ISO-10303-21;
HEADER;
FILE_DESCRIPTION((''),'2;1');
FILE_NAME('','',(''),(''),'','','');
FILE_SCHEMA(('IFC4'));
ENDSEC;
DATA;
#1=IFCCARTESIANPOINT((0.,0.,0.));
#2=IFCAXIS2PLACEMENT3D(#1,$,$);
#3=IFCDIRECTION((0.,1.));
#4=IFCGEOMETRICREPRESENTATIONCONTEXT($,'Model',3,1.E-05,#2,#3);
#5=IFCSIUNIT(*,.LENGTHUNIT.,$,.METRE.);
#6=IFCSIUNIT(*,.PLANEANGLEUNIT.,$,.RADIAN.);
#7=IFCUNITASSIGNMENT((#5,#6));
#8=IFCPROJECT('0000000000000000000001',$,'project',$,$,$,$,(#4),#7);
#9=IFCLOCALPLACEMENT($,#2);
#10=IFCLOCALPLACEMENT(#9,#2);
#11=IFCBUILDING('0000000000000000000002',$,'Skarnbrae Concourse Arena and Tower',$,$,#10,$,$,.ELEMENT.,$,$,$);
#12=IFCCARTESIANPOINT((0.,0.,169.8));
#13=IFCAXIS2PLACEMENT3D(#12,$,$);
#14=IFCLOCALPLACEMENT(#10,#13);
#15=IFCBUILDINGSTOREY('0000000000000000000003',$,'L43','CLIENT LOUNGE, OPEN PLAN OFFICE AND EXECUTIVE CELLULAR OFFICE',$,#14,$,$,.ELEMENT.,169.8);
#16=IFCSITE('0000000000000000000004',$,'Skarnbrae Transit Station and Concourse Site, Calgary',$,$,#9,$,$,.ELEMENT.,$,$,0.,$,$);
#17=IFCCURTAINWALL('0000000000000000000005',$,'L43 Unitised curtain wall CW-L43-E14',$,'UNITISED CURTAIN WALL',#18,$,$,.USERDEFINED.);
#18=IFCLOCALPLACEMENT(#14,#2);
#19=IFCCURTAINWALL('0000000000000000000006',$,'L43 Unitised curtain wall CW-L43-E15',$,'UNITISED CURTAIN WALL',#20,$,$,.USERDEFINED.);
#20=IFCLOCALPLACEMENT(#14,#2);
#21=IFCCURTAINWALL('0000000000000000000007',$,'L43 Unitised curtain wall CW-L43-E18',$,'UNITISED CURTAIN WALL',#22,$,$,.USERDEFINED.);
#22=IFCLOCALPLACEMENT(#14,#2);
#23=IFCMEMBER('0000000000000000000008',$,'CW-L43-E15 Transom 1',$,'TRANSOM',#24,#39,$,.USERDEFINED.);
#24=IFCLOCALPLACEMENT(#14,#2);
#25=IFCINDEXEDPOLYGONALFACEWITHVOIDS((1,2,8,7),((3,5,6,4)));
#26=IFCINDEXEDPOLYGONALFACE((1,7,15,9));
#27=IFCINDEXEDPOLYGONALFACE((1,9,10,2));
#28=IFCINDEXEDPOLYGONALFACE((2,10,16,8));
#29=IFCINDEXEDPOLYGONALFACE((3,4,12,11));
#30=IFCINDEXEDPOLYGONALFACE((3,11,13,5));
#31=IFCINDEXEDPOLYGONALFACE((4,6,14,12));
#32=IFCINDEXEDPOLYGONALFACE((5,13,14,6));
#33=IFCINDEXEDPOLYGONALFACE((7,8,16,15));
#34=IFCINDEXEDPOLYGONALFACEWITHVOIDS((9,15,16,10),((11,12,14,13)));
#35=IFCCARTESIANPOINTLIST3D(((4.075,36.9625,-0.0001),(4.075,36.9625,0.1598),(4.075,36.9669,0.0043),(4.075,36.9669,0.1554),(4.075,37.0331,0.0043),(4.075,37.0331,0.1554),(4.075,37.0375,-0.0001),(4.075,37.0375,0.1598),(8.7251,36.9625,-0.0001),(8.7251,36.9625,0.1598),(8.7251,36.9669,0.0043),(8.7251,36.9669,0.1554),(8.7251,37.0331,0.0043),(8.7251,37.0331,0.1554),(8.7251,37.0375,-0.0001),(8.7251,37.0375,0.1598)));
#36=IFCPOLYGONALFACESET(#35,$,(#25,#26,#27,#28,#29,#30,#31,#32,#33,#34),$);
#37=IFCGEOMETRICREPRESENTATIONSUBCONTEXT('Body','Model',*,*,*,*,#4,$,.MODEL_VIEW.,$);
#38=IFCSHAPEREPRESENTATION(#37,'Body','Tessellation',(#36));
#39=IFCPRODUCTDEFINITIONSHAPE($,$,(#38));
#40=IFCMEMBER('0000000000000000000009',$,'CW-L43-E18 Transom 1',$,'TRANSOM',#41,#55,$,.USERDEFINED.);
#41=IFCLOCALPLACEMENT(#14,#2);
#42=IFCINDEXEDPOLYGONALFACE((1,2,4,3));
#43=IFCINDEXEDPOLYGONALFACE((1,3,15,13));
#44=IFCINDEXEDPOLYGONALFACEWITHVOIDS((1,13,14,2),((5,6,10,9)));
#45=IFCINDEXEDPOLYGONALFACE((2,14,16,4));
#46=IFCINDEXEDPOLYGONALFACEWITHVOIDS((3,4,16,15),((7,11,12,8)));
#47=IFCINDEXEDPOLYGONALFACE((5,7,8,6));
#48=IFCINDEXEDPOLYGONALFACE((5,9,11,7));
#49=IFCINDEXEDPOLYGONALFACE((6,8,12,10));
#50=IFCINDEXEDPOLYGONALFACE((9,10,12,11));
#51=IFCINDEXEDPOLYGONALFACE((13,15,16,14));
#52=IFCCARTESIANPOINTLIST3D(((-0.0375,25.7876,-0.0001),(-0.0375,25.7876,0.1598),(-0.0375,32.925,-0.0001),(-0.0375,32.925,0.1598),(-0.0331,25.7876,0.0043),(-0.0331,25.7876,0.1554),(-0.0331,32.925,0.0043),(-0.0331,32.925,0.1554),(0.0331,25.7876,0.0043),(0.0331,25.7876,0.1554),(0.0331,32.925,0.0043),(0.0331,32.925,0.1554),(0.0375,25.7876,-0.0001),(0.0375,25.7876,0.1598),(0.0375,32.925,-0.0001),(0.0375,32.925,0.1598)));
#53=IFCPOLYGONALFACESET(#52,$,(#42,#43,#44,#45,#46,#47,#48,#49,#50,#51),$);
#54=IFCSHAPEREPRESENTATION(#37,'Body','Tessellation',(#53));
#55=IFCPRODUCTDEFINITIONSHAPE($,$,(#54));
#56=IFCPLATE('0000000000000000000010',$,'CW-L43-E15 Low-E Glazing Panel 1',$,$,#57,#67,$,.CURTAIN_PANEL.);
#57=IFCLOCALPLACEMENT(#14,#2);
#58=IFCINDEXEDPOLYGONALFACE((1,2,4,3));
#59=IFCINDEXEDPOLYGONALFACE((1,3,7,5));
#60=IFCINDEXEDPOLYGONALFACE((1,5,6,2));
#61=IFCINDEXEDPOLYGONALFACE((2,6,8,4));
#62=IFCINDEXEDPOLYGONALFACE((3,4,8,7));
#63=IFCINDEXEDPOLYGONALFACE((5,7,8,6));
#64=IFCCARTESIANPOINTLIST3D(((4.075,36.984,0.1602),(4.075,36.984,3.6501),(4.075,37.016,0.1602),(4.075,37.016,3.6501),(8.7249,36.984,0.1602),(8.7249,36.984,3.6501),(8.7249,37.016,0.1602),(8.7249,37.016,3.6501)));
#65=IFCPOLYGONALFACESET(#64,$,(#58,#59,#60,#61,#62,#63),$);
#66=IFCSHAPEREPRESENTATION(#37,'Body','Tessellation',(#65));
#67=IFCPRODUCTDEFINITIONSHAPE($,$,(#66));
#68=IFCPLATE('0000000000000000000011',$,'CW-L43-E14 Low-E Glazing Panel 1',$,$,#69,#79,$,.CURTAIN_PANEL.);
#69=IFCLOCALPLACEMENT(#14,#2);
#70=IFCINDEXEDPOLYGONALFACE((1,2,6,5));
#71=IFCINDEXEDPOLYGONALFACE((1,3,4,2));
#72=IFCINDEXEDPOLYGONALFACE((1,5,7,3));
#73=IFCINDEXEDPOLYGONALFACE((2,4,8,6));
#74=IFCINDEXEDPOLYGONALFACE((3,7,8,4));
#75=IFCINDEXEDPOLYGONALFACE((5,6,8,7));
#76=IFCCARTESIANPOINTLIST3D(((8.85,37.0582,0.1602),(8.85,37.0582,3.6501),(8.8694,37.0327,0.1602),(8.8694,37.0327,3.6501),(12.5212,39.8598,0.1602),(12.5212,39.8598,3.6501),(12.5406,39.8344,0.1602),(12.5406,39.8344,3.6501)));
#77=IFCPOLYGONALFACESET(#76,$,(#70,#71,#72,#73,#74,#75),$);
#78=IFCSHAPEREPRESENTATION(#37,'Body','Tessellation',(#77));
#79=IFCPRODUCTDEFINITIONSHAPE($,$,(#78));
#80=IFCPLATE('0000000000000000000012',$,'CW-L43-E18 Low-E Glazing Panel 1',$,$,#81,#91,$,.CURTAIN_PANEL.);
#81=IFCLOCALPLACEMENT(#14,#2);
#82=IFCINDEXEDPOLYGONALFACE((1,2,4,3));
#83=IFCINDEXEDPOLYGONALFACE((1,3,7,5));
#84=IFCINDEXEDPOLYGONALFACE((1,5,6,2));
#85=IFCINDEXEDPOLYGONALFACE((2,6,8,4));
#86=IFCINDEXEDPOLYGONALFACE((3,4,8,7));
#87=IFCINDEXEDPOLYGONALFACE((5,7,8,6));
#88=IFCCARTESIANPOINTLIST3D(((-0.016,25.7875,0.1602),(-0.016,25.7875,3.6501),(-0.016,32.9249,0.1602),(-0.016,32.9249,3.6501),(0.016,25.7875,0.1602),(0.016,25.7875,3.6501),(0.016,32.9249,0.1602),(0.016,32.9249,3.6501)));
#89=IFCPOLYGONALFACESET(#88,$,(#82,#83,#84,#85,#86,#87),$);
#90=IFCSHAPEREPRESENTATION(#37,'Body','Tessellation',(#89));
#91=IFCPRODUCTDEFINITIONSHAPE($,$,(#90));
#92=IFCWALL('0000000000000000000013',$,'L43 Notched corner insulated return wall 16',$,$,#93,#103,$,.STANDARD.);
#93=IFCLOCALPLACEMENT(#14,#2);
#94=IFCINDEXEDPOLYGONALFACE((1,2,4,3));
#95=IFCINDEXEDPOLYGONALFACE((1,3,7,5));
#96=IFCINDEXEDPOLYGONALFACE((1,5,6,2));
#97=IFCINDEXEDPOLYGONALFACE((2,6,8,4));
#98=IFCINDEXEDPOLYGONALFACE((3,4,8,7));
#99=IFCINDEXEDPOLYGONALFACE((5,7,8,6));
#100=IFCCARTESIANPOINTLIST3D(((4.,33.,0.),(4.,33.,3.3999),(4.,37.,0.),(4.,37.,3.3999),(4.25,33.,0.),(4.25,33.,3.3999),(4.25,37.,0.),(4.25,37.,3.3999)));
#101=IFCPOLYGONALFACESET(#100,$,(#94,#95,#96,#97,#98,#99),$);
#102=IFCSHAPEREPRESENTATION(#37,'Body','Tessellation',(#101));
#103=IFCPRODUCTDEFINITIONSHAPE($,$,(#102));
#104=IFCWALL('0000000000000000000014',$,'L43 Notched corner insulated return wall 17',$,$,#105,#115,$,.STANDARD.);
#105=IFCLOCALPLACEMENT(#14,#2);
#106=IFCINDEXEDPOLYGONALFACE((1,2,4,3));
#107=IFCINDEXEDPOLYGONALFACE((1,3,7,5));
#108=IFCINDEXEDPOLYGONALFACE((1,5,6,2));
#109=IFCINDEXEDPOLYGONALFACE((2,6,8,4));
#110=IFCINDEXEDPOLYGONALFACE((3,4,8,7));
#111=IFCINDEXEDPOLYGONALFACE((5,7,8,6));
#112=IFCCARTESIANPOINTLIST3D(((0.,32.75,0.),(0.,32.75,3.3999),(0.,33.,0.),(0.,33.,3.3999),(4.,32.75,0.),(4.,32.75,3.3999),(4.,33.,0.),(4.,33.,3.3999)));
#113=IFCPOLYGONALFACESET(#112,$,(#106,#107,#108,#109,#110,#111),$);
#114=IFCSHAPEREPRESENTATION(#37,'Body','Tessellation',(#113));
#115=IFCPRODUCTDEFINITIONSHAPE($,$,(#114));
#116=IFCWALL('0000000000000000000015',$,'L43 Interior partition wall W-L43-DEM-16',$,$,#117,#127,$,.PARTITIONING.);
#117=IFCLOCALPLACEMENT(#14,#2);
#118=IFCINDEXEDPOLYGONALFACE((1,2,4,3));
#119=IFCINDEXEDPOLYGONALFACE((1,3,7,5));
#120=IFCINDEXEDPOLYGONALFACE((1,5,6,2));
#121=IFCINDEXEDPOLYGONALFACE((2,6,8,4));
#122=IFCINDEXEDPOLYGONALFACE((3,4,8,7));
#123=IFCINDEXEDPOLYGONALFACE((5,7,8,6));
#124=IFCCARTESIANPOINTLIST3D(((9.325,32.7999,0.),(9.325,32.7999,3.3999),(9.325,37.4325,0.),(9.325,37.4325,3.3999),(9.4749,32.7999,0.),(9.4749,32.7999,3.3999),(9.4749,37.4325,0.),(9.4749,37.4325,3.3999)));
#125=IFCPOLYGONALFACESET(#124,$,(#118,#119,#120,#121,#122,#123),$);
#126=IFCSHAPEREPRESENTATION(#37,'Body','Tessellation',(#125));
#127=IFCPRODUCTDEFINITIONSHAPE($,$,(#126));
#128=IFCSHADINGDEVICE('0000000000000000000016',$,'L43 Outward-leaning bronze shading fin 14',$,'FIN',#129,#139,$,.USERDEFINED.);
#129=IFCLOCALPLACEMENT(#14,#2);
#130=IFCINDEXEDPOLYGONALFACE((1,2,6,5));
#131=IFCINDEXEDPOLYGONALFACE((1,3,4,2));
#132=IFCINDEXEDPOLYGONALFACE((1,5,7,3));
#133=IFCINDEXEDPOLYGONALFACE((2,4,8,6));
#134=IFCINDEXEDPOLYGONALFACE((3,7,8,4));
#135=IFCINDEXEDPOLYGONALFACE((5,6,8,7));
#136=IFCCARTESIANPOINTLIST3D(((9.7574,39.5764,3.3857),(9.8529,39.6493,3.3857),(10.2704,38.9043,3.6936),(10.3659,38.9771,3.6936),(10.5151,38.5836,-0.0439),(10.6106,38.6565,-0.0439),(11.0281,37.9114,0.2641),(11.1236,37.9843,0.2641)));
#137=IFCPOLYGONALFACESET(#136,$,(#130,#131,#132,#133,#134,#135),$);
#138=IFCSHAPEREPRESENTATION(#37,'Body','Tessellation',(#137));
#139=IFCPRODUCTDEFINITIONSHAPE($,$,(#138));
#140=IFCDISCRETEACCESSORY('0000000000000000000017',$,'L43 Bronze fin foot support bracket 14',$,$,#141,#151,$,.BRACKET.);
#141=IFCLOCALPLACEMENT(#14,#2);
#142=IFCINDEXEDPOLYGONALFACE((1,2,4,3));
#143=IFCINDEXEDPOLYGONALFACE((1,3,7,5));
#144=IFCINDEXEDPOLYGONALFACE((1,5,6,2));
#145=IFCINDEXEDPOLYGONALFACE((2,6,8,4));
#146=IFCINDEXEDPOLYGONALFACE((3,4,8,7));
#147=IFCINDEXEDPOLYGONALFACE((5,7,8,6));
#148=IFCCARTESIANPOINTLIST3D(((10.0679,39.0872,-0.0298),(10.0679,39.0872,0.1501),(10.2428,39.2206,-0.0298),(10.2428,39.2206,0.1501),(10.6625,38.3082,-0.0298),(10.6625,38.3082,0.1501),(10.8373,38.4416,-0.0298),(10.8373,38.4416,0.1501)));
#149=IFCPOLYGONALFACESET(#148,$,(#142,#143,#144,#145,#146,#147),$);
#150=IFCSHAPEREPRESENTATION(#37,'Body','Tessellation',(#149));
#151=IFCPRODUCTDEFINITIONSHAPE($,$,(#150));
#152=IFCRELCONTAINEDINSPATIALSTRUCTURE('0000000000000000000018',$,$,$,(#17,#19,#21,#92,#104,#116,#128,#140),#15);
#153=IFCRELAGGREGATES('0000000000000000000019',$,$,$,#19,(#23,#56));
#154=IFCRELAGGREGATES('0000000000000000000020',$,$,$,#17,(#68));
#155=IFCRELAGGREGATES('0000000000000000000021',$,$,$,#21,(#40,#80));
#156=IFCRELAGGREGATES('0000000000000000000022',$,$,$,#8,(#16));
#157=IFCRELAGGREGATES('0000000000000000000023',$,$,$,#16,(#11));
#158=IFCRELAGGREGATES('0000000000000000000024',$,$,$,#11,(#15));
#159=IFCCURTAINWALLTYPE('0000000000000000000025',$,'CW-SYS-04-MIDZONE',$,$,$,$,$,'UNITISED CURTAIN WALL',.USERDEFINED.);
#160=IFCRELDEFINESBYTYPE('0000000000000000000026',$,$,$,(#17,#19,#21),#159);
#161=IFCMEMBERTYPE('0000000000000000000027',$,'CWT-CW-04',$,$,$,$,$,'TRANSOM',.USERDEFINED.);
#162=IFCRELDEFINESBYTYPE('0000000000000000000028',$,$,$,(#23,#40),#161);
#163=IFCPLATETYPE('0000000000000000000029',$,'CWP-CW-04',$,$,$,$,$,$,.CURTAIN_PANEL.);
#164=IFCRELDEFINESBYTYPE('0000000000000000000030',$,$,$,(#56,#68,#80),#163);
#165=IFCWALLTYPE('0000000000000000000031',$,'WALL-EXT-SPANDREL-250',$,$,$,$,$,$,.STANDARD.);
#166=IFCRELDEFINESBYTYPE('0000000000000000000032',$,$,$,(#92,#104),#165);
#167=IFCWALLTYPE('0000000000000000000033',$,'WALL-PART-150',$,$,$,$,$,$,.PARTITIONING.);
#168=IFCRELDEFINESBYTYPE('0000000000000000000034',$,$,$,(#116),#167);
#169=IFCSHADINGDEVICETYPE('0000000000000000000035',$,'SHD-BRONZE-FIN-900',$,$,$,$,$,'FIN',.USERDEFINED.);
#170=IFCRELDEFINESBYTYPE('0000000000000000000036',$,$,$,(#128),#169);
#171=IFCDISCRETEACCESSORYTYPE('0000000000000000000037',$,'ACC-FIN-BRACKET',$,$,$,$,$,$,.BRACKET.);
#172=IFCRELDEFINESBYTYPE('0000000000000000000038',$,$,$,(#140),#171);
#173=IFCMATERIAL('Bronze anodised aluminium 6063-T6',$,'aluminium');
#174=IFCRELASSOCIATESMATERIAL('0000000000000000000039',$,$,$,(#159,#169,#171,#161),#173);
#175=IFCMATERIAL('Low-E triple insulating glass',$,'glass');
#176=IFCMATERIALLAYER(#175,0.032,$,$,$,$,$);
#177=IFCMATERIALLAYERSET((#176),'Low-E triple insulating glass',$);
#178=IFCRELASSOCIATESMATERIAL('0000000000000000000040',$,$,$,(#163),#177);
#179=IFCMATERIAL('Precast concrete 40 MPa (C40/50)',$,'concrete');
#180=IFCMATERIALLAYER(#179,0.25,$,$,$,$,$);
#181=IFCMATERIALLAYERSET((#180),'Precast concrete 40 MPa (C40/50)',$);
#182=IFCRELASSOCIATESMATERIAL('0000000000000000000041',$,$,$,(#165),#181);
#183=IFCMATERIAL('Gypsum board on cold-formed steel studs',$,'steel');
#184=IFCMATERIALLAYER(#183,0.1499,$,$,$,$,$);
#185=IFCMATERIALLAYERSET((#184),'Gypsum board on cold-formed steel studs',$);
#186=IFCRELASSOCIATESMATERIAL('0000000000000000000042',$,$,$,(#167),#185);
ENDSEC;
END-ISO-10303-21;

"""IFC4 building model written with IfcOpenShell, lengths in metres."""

from ifc_helpers import new_model, si_unit, direction, frame, frame_2d, origin, origin_2d, place, context, subcontext, project, spatial, rectangle, hollow_rectangle, extrude, source, transform, mapped, material, layer, layer_set, material_profile, profile_set, type_object, element, aggregate, save


model = new_model("IFC4")

# Units and contexts
model_context = context("Model", 3, precision=1e-05, world=origin(), true_north=direction((0.0, 1.0)))
body_context = subcontext(model_context, "Body", "Model", "MODEL_VIEW")
ifc_project = project(units=[si_unit("LENGTHUNIT", "METRE"), si_unit("PLANEANGLEUNIT", "RADIAN")], contexts=[model_context])

# Site, building, storey
site_placement = place(None, origin())
site = spatial("IfcSite", under=ifc_project, at=site_placement, Name="Skarnbrae Transit Station and Concourse Site, Calgary", CompositionType="ELEMENT", RefElevation=0.0)
building_placement = place(site_placement, origin())
building = spatial("IfcBuilding", under=site, at=building_placement, Name="Skarnbrae Concourse Arena and Tower", CompositionType="ELEMENT")
storey_placement = place(building_placement, frame((0.0, 0.0, 169.8)))
storey = spatial("IfcBuildingStorey", under=building, at=storey_placement, Name="L43", Description="CLIENT LOUNGE, OPEN PLAN OFFICE AND EXECUTIVE CELLULAR OFFICE", CompositionType="ELEMENT", Elevation=169.8)

# Curtain wall
ifc_material_1 = material(Name="Bronze anodised aluminium 6063-T6", Category="aluminium")
curtain_wall_type = type_object("IfcCurtainWallType", Name="CW-SYS-04-MIDZONE", ElementType="UNITISED CURTAIN WALL", PredefinedType="USERDEFINED", material=ifc_material_1)
curtain_wall_1_placement = place(storey_placement, origin())
curtain_wall_1 = element("IfcCurtainWall", 1, at=curtain_wall_1_placement, inside=storey, type_object=curtain_wall_type, Name="L43 Unitised curtain wall CW-L43-E14", ObjectType="UNITISED CURTAIN WALL", PredefinedType="USERDEFINED")

# Curtain wall
curtain_wall_2_placement = place(storey_placement, origin())
curtain_wall_2 = element("IfcCurtainWall", 2, at=curtain_wall_2_placement, inside=storey, type_object=curtain_wall_type, Name="L43 Unitised curtain wall CW-L43-E15", ObjectType="UNITISED CURTAIN WALL", PredefinedType="USERDEFINED")

# Curtain wall
curtain_wall_3_placement = place(storey_placement, origin())
curtain_wall_3 = element("IfcCurtainWall", 3, at=curtain_wall_3_placement, inside=storey, type_object=curtain_wall_type, Name="L43 Unitised curtain wall CW-L43-E18", ObjectType="UNITISED CURTAIN WALL", PredefinedType="USERDEFINED")

# Members
ifc_material_profile_1 = material_profile(ifc_material_1, hollow_rectangle(XDim=0.075, YDim=0.1599, WallThickness=0.0044, at=origin_2d()), Name="ALU-TRAN-75X160")
ifc_profile_set_1 = profile_set([ifc_material_profile_1], Name="Bronze anodised aluminium 6063-T6")
member_type_1 = type_object("IfcMemberType", Name="CWT-CW-04", ElementType="TRANSOM", PredefinedType="USERDEFINED", material=ifc_profile_set_1)
shared_shape_1 = source(origin(), body_context, "Body", "SweptSolid", [
    extrude(hollow_rectangle(XDim=0.075, YDim=0.1599, WallThickness=0.0044, at=origin_2d()), origin(), (0.0, 0.0, 1.0), 4.6501),
])
member_1_placement = place(storey_placement, frame((8.7251, 37.0, 0.0798), z_axis=(-1.0, 0.0, 0.0), x_axis=(0.0, -1.0, 0.0)))
member_1 = element("IfcMember", 4, at=member_1_placement, type_object=member_type_1, Name="CW-L43-E15 Transom 1", ObjectType="TRANSOM", PredefinedType="USERDEFINED", context=body_context, shape_type="MappedRepresentation", body=[
    mapped(shared_shape_1, transform((0.0, 0.0, 0.0))),
])
shared_shape_2 = source(origin(), body_context, "Body", "SweptSolid", [
    extrude(hollow_rectangle(XDim=0.075, YDim=0.1599, WallThickness=0.0044, at=origin_2d()), origin(), (0.0, 0.0, 1.0), 7.1375),
])
member_2_placement = place(storey_placement, frame((0.0, 32.925, 0.0798), z_axis=(0.0, -1.0, 0.0), x_axis=(1.0, 0.0, 0.0)))
member_2 = element("IfcMember", 5, at=member_2_placement, type_object=member_type_1, Name="CW-L43-E18 Transom 1", ObjectType="TRANSOM", PredefinedType="USERDEFINED", context=body_context, shape_type="MappedRepresentation", body=[
    mapped(shared_shape_2, transform((0.0, 0.0, 0.0))),
])

# Plates
ifc_material_2 = material(Name="Low-E triple insulating glass", Category="glass")
ifc_layer_1 = layer(ifc_material_2, 0.032)
ifc_layer_set_1 = layer_set([ifc_layer_1], Name="Low-E triple insulating glass")
plate_type = type_object("IfcPlateType", Name="CWP-CW-04", PredefinedType="CURTAIN_PANEL", material=ifc_layer_set_1)
shared_shape_3 = source(origin(), body_context, "Body", "SweptSolid", [
    extrude(rectangle(XDim=4.6499, YDim=0.032, at=origin_2d()), origin(), (0.0, 0.0, 1.0), 3.49),
])
plate_1_placement = place(storey_placement, frame((6.3999, 37.0, 0.1602), z_axis=(0.0, 0.0, 1.0), x_axis=(-1.0, 0.0, 0.0)))
plate_1 = element("IfcPlate", 6, at=plate_1_placement, type_object=plate_type, Name="CW-L43-E15 Low-E Glazing Panel 1", PredefinedType="CURTAIN_PANEL", context=body_context, shape_type="MappedRepresentation", body=[
    mapped(shared_shape_3, transform((0.0, 0.0, 0.0))),
])
aggregate(curtain_wall_2, [member_1, plate_1])
shared_shape_4 = source(origin(), body_context, "Body", "SweptSolid", [
    extrude(rectangle(XDim=4.6182, YDim=0.032, at=origin_2d()), origin(), (0.0, 0.0, 1.0), 3.49),
])
plate_2_placement = place(storey_placement, frame((10.6953, 38.4463, 0.1602), z_axis=(0.0, 0.0, 1.0), x_axis=(-0.794956, -0.606667, 0.0)))
plate_2 = element("IfcPlate", 7, at=plate_2_placement, type_object=plate_type, Name="CW-L43-E14 Low-E Glazing Panel 1", PredefinedType="CURTAIN_PANEL", context=body_context, shape_type="MappedRepresentation", body=[
    mapped(shared_shape_4, transform((0.0, 0.0, 0.0))),
])
aggregate(curtain_wall_1, [plate_2])
shared_shape_5 = source(origin(), body_context, "Body", "SweptSolid", [
    extrude(rectangle(XDim=7.1375, YDim=0.032, at=origin_2d()), origin(), (0.0, 0.0, 1.0), 3.49),
])
plate_3_placement = place(storey_placement, frame((0.0, 29.3562, 0.1602), z_axis=(0.0, 0.0, 1.0), x_axis=(0.0, -1.0, 0.0)))
plate_3 = element("IfcPlate", 8, at=plate_3_placement, type_object=plate_type, Name="CW-L43-E18 Low-E Glazing Panel 1", PredefinedType="CURTAIN_PANEL", context=body_context, shape_type="MappedRepresentation", body=[
    mapped(shared_shape_5, transform((0.0, 0.0, 0.0))),
])
aggregate(curtain_wall_3, [member_2, plate_3])

# Walls
ifc_material_3 = material(Name="Precast concrete 40 MPa (C40/50)", Category="concrete")
ifc_layer_2 = layer(ifc_material_3, 0.25)
ifc_layer_set_2 = layer_set([ifc_layer_2], Name="Precast concrete 40 MPa (C40/50)")
wall_type_1 = type_object("IfcWallType", Name="WALL-EXT-SPANDREL-250", PredefinedType="STANDARD", material=ifc_layer_set_2)
shared_shape_6 = source(origin(), body_context, "Body", "SweptSolid", [
    extrude(rectangle(XDim=4.0, YDim=0.25, at=frame_2d((2.0, 0.0))), origin(), (0.0, 0.0, 1.0), 3.3999),
])
for number, where, z_axis, x_axis, name in (
    (9, (4.125, 37.0, 0.0), (0.0, 0.0, 1.0), (0.0, -1.0, 0.0), "L43 Notched corner insulated return wall 16"),
    (10, (4.0, 32.875, 0.0), (0.0, 0.0, 1.0), (-1.0, 0.0, 0.0), "L43 Notched corner insulated return wall 17"),
):
    element("IfcWall", number, at=place(storey_placement, frame(where, z_axis=z_axis, x_axis=x_axis)), inside=storey, type_object=wall_type_1, Name=name, PredefinedType="STANDARD", context=body_context, shape_type="MappedRepresentation", body=[
        mapped(shared_shape_6, transform((0.0, 0.0, 0.0))),
    ])

# Shared definitions
ifc_material_4 = material(Name="Gypsum board on cold-formed steel studs", Category="steel")

# Wall
ifc_layer_3 = layer(ifc_material_4, 0.1499)
ifc_layer_set_3 = layer_set([ifc_layer_3], Name="Gypsum board on cold-formed steel studs")
wall_type_2 = type_object("IfcWallType", Name="WALL-PART-150", PredefinedType="PARTITIONING", material=ifc_layer_set_3)
shared_shape_7 = source(origin(), body_context, "Body", "SweptSolid", [
    extrude(rectangle(XDim=4.6326, YDim=0.1499, at=frame_2d((2.3164, 0.0))), origin(), (0.0, 0.0, 1.0), 3.3999),
])
wall_1_placement = place(storey_placement, frame((9.3999, 37.4326, 0.0), z_axis=(0.0, 0.0, 1.0), x_axis=(0.0, -1.0, 0.0)))
element("IfcWall", 11, at=wall_1_placement, inside=storey, type_object=wall_type_2, Name="L43 Interior partition wall W-L43-DEM-16", PredefinedType="PARTITIONING", context=body_context, shape_type="MappedRepresentation", body=[
    mapped(shared_shape_7, transform((0.0, 0.0, 0.0))),
])

# Shading device
shading_device_type = type_object("IfcShadingDeviceType", Name="SHD-BRONZE-FIN-900", ElementType="FIN", PredefinedType="USERDEFINED", material=ifc_material_1)
shared_shape_8 = source(origin(), body_context, "Body", "SweptSolid", [
    extrude(rectangle(XDim=0.1201, YDim=0.8999, at=origin_2d()), origin(), (0.0, 0.0, 1.0), 3.6499),
])
shading_device_placement = place(storey_placement, frame((10.8193, 38.2839, 0.1101), z_axis=(-0.207592, 0.272021, 0.939633), x_axis=(0.794955, 0.606668, 0.0)))
element("IfcShadingDevice", 12, at=shading_device_placement, inside=storey, type_object=shading_device_type, Name="L43 Outward-leaning bronze shading fin 14", ObjectType="FIN", PredefinedType="USERDEFINED", context=body_context, shape_type="MappedRepresentation", body=[
    mapped(shared_shape_8, transform((0.0, 0.0, 0.0))),
])

# Discrete accessory
discrete_accessory_type = type_object("IfcDiscreteAccessoryType", Name="ACC-FIN-BRACKET", PredefinedType="BRACKET", material=ifc_material_1)
shared_shape_9 = source(origin(), body_context, "Body", "SweptSolid", [
    extrude(rectangle(XDim=0.22, YDim=0.98, at=origin_2d()), origin(), (0.0, 0.0, 1.0), 0.1799),
])
discrete_accessory_placement = place(storey_placement, frame((10.4526, 38.7644, -0.0298), z_axis=(0.0, 0.0, 1.0), x_axis=(0.794955, 0.606668, 0.0)))
element("IfcDiscreteAccessory", 13, at=discrete_accessory_placement, inside=storey, type_object=discrete_accessory_type, Name="L43 Bronze fin foot support bracket 14", PredefinedType="BRACKET", context=body_context, shape_type="MappedRepresentation", body=[
    mapped(shared_shape_9, transform((0.0, 0.0, 0.0))),
])

save(model, "model.ifc")
